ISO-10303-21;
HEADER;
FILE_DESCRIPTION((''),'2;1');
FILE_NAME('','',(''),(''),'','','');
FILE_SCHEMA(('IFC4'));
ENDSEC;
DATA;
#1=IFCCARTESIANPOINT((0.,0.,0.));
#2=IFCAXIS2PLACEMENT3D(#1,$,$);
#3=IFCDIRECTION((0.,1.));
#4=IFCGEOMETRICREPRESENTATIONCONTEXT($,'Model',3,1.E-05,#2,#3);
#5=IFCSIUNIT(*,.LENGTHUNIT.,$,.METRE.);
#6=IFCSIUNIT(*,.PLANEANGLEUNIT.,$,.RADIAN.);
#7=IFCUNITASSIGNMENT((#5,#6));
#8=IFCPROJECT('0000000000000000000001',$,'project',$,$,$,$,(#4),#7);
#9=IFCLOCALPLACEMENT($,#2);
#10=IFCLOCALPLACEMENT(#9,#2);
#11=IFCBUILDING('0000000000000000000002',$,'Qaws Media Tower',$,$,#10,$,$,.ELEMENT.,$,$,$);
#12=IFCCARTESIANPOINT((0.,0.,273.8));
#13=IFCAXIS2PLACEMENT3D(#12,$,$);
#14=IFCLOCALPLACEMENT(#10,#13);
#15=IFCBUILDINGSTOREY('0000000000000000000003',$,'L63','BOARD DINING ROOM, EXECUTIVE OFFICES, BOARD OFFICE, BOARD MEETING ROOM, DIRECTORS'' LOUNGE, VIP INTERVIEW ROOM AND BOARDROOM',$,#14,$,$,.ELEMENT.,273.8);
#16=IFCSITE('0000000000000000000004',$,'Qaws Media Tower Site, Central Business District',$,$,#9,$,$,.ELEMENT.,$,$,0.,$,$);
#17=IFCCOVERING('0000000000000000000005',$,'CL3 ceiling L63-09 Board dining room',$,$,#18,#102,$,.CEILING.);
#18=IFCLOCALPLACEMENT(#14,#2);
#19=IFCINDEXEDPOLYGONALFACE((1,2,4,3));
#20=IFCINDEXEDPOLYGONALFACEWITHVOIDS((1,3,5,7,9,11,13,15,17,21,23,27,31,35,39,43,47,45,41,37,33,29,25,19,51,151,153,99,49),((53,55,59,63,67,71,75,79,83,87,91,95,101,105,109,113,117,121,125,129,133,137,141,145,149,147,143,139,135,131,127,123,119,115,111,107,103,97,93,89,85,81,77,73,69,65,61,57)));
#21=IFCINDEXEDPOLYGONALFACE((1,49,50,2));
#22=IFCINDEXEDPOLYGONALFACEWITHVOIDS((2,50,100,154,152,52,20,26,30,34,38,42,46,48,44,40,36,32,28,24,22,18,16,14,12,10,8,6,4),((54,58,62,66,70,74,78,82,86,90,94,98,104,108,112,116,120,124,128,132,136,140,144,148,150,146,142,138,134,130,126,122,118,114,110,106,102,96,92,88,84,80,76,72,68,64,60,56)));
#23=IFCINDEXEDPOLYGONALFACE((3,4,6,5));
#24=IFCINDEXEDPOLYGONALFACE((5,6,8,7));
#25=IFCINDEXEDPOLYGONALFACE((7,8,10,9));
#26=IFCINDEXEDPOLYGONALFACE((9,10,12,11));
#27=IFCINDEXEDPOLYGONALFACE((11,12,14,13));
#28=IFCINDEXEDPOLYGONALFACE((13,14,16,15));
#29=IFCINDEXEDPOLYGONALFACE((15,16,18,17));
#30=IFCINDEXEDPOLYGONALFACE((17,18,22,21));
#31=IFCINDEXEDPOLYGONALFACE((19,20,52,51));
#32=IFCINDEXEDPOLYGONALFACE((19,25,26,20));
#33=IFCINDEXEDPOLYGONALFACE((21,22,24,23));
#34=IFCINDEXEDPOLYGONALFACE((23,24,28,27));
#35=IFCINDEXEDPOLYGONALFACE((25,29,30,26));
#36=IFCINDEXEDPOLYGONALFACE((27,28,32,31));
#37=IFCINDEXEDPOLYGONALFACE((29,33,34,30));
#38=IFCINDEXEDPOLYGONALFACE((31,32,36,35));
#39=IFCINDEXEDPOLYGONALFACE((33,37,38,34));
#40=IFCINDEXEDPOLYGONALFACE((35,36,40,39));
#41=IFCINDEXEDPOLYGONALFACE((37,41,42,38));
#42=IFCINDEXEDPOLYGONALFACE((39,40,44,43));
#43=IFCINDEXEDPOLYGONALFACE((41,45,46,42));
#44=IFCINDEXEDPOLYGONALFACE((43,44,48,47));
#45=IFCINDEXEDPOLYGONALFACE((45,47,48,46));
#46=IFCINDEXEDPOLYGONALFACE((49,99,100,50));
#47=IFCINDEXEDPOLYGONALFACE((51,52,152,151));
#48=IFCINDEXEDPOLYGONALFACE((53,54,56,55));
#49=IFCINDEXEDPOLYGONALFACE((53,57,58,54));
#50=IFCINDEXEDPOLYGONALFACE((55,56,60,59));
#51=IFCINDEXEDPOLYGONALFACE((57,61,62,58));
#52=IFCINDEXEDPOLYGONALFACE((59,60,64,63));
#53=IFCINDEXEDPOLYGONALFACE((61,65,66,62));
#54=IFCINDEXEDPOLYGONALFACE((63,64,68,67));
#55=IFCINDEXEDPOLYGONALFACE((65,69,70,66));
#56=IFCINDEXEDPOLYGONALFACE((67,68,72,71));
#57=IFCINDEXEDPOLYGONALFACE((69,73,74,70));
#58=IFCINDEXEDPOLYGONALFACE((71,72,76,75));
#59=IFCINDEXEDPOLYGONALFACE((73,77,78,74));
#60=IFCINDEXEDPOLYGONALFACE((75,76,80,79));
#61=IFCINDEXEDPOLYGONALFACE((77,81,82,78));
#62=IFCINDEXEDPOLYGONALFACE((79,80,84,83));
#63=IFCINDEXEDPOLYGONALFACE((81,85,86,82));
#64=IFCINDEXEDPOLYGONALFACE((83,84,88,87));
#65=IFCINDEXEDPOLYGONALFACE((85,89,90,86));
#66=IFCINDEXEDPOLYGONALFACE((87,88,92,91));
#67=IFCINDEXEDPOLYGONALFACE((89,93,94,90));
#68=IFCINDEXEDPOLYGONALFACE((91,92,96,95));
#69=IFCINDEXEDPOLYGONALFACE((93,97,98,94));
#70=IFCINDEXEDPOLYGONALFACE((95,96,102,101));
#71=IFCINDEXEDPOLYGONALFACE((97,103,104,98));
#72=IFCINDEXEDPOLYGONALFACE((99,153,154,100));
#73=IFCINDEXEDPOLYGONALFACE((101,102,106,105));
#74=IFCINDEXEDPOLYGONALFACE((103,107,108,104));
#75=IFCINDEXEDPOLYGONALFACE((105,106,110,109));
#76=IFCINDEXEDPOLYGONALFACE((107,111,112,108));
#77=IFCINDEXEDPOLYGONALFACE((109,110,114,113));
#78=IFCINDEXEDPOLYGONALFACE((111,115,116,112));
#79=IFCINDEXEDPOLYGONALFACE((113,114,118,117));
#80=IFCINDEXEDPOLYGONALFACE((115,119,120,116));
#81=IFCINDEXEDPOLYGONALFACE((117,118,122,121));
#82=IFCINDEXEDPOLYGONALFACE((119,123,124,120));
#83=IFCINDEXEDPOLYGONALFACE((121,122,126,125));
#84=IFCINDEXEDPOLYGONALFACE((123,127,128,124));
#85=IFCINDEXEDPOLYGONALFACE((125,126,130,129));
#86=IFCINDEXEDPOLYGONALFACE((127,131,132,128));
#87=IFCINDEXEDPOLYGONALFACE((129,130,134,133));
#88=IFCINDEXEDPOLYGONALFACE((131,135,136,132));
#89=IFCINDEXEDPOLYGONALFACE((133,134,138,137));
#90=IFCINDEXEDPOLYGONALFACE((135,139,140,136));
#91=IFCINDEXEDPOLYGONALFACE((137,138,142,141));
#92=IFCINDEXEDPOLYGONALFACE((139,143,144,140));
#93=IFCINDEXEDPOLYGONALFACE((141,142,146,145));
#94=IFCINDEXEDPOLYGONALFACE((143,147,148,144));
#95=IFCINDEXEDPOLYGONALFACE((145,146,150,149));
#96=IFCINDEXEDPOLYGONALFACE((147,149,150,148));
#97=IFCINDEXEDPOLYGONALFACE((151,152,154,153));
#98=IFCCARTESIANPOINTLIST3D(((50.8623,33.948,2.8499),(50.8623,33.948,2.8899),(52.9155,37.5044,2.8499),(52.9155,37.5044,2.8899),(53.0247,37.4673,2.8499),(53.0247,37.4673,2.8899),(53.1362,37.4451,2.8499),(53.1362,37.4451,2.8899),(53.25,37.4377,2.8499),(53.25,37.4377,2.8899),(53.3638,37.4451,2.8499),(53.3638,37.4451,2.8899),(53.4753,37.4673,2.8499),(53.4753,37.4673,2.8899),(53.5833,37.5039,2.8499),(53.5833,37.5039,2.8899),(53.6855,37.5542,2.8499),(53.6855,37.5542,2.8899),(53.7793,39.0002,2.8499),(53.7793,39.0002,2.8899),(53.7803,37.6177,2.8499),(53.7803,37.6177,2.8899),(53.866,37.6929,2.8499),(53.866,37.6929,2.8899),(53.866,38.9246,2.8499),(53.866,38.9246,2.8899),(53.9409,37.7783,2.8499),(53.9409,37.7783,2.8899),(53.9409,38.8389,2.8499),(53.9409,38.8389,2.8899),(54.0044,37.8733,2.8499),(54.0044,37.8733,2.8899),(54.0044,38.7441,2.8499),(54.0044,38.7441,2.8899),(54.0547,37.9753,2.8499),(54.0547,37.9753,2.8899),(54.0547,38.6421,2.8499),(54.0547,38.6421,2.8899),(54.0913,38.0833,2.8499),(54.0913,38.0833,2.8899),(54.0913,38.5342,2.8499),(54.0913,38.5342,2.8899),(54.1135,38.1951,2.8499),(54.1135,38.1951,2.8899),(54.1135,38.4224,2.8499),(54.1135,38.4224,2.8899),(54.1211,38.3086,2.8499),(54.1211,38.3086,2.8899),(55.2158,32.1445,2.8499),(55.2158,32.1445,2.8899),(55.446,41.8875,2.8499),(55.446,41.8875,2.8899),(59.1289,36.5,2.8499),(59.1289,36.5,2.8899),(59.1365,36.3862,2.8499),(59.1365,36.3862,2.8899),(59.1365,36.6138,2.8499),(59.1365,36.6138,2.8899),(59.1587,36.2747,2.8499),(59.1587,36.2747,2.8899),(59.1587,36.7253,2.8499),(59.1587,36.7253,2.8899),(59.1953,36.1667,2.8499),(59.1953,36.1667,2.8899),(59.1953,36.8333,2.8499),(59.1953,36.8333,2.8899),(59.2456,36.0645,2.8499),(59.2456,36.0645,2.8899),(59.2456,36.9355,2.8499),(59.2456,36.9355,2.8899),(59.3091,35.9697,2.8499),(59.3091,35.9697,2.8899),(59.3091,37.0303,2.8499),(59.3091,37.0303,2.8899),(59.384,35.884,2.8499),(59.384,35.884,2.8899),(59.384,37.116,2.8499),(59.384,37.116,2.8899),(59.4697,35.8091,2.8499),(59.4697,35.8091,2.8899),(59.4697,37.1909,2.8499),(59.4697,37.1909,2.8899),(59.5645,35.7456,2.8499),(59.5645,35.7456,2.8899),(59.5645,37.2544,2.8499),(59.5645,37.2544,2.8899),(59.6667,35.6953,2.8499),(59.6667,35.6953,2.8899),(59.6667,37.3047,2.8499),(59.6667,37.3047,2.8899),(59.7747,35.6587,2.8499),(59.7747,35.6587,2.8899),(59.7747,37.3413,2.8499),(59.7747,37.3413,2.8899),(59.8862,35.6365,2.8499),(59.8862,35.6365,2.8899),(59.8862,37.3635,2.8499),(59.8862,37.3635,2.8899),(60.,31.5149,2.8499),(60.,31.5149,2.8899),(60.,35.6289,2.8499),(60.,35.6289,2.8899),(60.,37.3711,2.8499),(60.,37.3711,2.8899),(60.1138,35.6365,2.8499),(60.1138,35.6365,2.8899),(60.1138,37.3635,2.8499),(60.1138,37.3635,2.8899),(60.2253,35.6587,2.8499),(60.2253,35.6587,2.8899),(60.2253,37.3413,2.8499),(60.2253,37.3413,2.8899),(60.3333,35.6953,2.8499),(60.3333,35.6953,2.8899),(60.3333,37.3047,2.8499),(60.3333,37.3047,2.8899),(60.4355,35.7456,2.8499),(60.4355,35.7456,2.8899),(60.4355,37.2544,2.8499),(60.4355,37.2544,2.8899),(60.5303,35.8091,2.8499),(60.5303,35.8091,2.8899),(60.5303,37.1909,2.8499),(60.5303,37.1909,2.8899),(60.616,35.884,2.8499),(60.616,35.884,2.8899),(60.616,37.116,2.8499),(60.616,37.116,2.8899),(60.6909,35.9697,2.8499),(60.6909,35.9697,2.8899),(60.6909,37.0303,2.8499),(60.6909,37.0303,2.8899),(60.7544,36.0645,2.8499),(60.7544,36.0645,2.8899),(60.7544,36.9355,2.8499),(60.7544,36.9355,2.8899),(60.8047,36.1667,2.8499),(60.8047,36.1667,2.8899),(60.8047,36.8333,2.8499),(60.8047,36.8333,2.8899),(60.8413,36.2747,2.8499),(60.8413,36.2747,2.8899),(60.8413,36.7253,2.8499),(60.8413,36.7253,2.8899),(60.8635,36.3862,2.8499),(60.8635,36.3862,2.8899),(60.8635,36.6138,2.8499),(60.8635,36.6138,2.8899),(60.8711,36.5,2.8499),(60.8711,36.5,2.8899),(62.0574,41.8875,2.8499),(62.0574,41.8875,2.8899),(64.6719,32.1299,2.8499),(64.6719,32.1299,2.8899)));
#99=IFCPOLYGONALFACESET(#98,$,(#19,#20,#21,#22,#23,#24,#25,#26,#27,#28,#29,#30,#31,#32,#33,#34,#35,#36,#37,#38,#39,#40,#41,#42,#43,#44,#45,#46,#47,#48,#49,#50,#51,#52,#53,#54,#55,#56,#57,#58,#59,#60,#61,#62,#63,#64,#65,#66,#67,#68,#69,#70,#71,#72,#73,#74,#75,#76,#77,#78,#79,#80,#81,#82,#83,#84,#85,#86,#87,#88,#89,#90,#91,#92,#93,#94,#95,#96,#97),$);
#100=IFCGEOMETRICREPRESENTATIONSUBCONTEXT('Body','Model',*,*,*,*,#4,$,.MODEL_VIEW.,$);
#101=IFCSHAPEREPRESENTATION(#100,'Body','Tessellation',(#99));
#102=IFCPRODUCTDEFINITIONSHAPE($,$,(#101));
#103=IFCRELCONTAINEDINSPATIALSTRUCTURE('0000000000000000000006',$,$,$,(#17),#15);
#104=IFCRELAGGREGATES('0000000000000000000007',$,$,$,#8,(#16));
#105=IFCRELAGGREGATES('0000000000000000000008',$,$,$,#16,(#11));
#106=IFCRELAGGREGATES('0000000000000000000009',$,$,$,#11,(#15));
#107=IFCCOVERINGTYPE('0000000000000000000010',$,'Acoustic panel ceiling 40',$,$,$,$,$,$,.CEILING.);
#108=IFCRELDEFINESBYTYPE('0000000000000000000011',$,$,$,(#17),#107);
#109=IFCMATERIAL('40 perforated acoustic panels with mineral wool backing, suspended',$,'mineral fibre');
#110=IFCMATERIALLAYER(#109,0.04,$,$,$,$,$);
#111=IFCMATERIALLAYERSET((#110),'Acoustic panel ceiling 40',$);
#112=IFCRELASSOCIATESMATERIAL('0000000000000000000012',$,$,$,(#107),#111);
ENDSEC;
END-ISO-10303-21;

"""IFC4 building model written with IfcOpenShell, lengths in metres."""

from ifc_helpers import new_model, si_unit, direction, frame, origin, place, context, subcontext, project, spatial, polyline, outline, extrude, material, layer, layer_set, type_object, element, save


model = new_model("IFC4")

# Units and contexts
model_context = context("Model", 3, precision=1e-05, world=origin(), true_north=direction((0.0, 1.0)))
body_context = subcontext(model_context, "Body", "Model", "MODEL_VIEW")
ifc_project = project(units=[si_unit("LENGTHUNIT", "METRE"), si_unit("PLANEANGLEUNIT", "RADIAN")], contexts=[model_context])

# Site, building, storey
site_placement = place(None, origin())
site = spatial("IfcSite", under=ifc_project, at=site_placement, Name="Qaws Media Tower Site, Central Business District", CompositionType="ELEMENT", RefElevation=0.0)
building_placement = place(site_placement, origin())
building = spatial("IfcBuilding", under=site, at=building_placement, Name="Qaws Media Tower", CompositionType="ELEMENT")
storey_placement = place(building_placement, frame((0.0, 0.0, 273.8)))
storey = spatial("IfcBuildingStorey", under=building, at=storey_placement, Name="L63", Description="BOARD DINING ROOM, EXECUTIVE OFFICES, BOARD OFFICE, BOARD MEETING ROOM, DIRECTORS' LOUNGE, VIP INTERVIEW ROOM AND BOARDROOM", CompositionType="ELEMENT", Elevation=273.8)

# Covering
ifc_material_1 = material(Name="40 perforated acoustic panels with mineral wool backing, suspended", Category="mineral fibre")
ifc_layer_1 = layer(ifc_material_1, 0.04)
ifc_layer_set_1 = layer_set([ifc_layer_1], Name="Acoustic panel ceiling 40")
covering_type_1 = type_object("IfcCoveringType", Name="Acoustic panel ceiling 40", PredefinedType="CEILING", material=ifc_layer_set_1)
covering_1_placement = place(storey_placement, frame((0.0, 0.0, 2.8499)))
element("IfcCovering", 1, at=covering_1_placement, inside=storey, type_object=covering_type_1, Name="CL3 ceiling L63-09 Board dining room", PredefinedType="CEILING", context=body_context, shape_type="SweptSolid", body=[
    extrude(outline(polyline([(60.0, 31.5149), (55.2158, 32.1445), (50.8623, 33.948), (52.9155, 37.5044), (53.0247, 37.4673), (53.1362, 37.4451), (53.25, 37.4377), (53.3638, 37.4451), (53.4753, 37.4673), (53.5833, 37.5039), (53.6855, 37.5542), (53.7803, 37.6177), (53.866, 37.6929), (53.9409, 37.7783), (54.0044, 37.8733), (54.0547, 37.9753), (54.0913, 38.0833), (54.1135, 38.1951), (54.1211, 38.3086), (54.1135, 38.4224), (54.0913, 38.5342), (54.0547, 38.6421), (54.0044, 38.7441), (53.9409, 38.8389), (53.866, 38.9246), (53.7793, 39.0002), (55.446, 41.8875), (62.0574, 41.8875), (64.6719, 32.1299), (60.0, 31.5149)]), holes=[polyline([(60.8413, 36.2747), (60.8635, 36.3862), (60.8711, 36.5), (60.8635, 36.6138), (60.8413, 36.7253), (60.8047, 36.8333), (60.7544, 36.9355), (60.6909, 37.0303), (60.616, 37.116), (60.5303, 37.1909), (60.4355, 37.2544), (60.3333, 37.3047), (60.2253, 37.3413), (60.1138, 37.3635), (60.0, 37.3711), (59.8862, 37.3635), (59.7747, 37.3413), (59.6667, 37.3047), (59.5645, 37.2544), (59.4697, 37.1909), (59.384, 37.116), (59.3091, 37.0303), (59.2456, 36.9355), (59.1953, 36.8333), (59.1587, 36.7253), (59.1365, 36.6138), (59.1289, 36.5), (59.1365, 36.3862), (59.1587, 36.2747), (59.1953, 36.1667), (59.2456, 36.0645), (59.3091, 35.9697), (59.384, 35.884), (59.4697, 35.8091), (59.5645, 35.7456), (59.6667, 35.6953), (59.7747, 35.6587), (59.8862, 35.6365), (60.0, 35.6289), (60.1138, 35.6365), (60.2253, 35.6587), (60.3333, 35.6953), (60.4355, 35.7456), (60.5303, 35.8091), (60.616, 35.884), (60.6909, 35.9697), (60.7544, 36.0645), (60.8047, 36.1667), (60.8413, 36.2747)])]), origin(), (0.0, 0.0, 1.0), 0.04),
])

save(model, "model.ifc")
